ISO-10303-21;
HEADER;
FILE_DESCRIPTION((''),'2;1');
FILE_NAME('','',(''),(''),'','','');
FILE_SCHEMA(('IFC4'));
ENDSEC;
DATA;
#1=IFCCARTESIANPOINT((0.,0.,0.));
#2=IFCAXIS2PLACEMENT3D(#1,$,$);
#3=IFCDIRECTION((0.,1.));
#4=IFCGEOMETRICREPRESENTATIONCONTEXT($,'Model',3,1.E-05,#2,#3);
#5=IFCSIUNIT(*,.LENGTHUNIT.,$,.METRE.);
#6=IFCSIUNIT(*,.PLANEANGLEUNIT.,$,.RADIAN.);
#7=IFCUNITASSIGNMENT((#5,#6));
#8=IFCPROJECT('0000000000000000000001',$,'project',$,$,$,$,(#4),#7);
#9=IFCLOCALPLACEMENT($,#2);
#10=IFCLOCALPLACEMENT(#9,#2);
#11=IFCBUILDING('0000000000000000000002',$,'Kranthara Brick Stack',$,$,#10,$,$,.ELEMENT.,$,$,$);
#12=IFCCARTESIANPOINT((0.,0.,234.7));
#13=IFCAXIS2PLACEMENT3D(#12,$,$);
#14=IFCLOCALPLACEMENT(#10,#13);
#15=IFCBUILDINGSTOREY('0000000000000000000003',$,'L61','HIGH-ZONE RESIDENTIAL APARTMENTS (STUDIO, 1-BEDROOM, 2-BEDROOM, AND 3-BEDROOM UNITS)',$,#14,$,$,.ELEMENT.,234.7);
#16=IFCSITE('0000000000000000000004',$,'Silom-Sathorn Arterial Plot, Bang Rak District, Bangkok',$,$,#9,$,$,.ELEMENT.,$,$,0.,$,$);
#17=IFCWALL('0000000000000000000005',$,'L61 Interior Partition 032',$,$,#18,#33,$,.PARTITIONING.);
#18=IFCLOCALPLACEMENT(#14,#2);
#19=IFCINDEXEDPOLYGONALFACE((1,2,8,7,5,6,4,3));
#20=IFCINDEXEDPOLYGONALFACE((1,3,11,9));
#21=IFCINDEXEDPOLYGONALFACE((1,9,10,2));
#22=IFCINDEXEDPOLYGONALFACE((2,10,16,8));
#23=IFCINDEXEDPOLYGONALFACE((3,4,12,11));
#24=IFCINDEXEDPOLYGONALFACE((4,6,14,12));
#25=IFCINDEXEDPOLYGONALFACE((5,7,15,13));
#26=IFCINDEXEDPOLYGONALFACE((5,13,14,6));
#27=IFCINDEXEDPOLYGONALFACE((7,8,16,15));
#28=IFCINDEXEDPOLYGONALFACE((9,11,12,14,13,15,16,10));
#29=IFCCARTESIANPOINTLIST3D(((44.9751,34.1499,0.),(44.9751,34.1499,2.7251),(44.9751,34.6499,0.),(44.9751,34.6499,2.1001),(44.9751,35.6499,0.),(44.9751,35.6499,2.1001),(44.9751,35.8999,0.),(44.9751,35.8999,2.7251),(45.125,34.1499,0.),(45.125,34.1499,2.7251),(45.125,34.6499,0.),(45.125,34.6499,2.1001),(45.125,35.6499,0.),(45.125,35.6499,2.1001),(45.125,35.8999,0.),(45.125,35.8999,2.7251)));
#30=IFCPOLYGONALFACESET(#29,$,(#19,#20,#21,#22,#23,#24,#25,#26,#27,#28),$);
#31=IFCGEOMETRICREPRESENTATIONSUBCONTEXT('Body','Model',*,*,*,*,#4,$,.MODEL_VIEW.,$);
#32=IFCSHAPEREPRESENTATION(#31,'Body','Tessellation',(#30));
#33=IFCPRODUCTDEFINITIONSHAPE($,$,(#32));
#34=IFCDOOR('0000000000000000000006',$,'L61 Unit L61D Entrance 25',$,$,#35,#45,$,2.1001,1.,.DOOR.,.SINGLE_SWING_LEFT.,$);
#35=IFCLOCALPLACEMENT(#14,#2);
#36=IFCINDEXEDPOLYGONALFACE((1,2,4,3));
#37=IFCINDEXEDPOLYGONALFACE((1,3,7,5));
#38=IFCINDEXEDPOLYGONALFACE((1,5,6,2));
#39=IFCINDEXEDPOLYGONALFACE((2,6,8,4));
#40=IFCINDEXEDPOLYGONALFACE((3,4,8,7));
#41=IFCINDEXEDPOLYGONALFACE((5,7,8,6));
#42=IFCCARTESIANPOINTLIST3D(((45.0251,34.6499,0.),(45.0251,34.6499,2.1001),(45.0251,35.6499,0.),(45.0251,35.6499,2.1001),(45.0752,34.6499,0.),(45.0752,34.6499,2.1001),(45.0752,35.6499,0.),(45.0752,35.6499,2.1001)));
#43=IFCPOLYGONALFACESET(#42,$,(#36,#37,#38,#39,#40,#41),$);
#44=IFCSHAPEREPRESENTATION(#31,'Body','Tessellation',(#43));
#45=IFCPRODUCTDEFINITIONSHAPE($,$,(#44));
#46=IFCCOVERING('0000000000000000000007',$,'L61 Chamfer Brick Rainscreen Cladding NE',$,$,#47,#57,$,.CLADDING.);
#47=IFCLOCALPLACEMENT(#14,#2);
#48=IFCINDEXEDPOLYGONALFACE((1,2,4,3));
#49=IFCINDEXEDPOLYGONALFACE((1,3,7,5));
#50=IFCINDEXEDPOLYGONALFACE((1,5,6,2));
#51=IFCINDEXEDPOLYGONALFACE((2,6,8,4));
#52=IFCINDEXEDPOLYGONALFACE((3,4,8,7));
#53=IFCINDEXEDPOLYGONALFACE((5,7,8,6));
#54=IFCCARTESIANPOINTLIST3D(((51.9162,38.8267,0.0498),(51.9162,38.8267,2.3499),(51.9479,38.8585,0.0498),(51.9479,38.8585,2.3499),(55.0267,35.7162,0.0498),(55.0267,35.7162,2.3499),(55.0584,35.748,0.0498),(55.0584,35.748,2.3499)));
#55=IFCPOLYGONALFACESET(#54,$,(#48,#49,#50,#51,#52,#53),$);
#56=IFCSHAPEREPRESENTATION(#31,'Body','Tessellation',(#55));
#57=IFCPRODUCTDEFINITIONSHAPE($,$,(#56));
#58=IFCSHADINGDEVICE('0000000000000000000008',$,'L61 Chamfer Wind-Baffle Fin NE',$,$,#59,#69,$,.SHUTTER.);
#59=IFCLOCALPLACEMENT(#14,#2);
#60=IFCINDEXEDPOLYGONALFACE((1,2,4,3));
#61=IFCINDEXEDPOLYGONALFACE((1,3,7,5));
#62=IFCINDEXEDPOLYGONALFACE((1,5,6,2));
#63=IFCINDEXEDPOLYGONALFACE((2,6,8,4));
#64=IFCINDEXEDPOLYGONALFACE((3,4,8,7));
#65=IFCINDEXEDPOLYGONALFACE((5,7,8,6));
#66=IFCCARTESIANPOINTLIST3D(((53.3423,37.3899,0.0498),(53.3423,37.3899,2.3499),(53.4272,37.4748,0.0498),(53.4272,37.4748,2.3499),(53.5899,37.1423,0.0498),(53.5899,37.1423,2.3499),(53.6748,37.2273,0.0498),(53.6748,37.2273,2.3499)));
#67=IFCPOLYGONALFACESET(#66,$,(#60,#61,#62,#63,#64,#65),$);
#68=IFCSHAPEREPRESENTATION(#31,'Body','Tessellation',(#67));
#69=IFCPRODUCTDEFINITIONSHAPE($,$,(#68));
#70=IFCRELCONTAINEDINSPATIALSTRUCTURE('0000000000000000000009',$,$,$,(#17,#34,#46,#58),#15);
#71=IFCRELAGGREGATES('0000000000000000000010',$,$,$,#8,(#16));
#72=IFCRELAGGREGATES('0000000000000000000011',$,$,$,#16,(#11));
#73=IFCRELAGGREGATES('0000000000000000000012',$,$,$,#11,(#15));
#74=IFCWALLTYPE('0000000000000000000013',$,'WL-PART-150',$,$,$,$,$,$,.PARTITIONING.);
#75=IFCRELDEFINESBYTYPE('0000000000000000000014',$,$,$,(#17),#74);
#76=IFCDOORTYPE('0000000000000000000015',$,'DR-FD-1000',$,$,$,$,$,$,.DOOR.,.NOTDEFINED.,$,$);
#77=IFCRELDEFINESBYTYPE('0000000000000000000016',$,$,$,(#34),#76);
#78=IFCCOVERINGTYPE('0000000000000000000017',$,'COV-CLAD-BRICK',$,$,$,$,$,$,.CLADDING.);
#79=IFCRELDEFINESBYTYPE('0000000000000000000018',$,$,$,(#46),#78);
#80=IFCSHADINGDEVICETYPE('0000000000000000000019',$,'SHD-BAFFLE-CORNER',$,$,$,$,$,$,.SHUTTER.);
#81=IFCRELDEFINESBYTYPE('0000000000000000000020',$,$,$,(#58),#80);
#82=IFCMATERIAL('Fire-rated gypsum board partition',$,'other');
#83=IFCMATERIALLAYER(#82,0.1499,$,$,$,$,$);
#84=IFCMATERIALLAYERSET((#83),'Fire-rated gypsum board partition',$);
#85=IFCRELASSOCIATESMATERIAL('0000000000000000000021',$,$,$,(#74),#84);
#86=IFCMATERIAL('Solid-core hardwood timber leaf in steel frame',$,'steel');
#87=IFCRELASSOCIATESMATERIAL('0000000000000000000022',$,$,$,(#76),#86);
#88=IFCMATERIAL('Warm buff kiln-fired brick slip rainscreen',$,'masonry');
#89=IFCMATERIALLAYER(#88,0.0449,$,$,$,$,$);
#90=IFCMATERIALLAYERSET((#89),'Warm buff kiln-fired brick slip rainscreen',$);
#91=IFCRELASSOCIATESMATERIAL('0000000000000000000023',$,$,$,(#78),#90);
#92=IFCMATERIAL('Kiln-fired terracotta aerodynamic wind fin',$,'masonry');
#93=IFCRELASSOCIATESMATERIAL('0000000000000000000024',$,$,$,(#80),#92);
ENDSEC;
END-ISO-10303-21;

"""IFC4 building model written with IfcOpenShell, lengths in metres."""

from ifc_helpers import new_model, si_unit, direction, frame, frame_2d, origin, origin_2d, place, context, subcontext, project, spatial, rectangle, extrude, material, layer, layer_set, type_object, element, fill, save


model = new_model("IFC4")

# Units and contexts
model_context = context("Model", 3, precision=1e-05, world=origin(), true_north=direction((0.0, 1.0)))
body_context = subcontext(model_context, "Body", "Model", "MODEL_VIEW")
ifc_project = project(units=[si_unit("LENGTHUNIT", "METRE"), si_unit("PLANEANGLEUNIT", "RADIAN")], contexts=[model_context])

# Site, building, storey
site_placement = place(None, origin())
site = spatial("IfcSite", under=ifc_project, at=site_placement, Name="Silom-Sathorn Arterial Plot, Bang Rak District, Bangkok", CompositionType="ELEMENT", RefElevation=0.0)
building_placement = place(site_placement, origin())
building = spatial("IfcBuilding", under=site, at=building_placement, Name="Kranthara Brick Stack", CompositionType="ELEMENT")
storey_placement = place(building_placement, frame((0.0, 0.0, 234.7)))
storey = spatial("IfcBuildingStorey", under=building, at=storey_placement, Name="L61", Description="HIGH-ZONE RESIDENTIAL APARTMENTS (STUDIO, 1-BEDROOM, 2-BEDROOM, AND 3-BEDROOM UNITS)", CompositionType="ELEMENT", Elevation=234.7)

# Wall, opening, door
ifc_material_1 = material(Name="Fire-rated gypsum board partition", Category="other")
ifc_layer_1 = layer(ifc_material_1, 0.1499)
ifc_layer_set_1 = layer_set([ifc_layer_1], Name="Fire-rated gypsum board partition")
wall_type_1 = type_object("IfcWallType", Name="WL-PART-150", PredefinedType="PARTITIONING", material=ifc_layer_set_1)
wall_1_placement = place(storey_placement, frame((45.05, 34.1499, 0.0), z_axis=(0.0, 0.0, 1.0), x_axis=(0.0, 1.0, 0.0)))
wall_1 = element("IfcWall", 1, at=wall_1_placement, inside=storey, type_object=wall_type_1, Name="L61 Interior Partition 032", PredefinedType="PARTITIONING", context=body_context, shape_type="SweptSolid", body=[
    extrude(rectangle(XDim=1.75, YDim=0.1499, at=frame_2d((0.875, 0.0))), origin(), (0.0, 0.0, 1.0), 2.7251),
])
opening_1_placement = place(wall_1_placement, frame((0.5, 0.0, 0.0)))
opening_1 = element("IfcOpeningElement", 2, at=opening_1_placement, cuts=wall_1, PredefinedType="OPENING", context=body_context, shape_type="SweptSolid", body=[
    extrude(rectangle(XDim=1.0, YDim=2.1001, at=frame_2d((0.5, 1.05))), frame((0.0, 0.085, 0.0), z_axis=(0.0, -1.0, 0.0), x_axis=(1.0, 0.0, 0.0)), (0.0, 0.0, 1.0), 0.1699),
])
ifc_material_2 = material(Name="Solid-core hardwood timber leaf in steel frame", Category="steel")
door_type = type_object("IfcDoorType", Name="DR-FD-1000", OperationType="NOTDEFINED", PredefinedType="DOOR", material=ifc_material_2)
door_placement = place(opening_1_placement, origin())
door = element("IfcDoor", 3, at=door_placement, inside=storey, type_object=door_type, Name="L61 Unit L61D Entrance 25", OperationType="SINGLE_SWING_LEFT", OverallHeight=2.1001, OverallWidth=1.0, PredefinedType="DOOR", context=body_context, shape_type="SweptSolid", body=[
    extrude(rectangle(XDim=1.0, YDim=2.1001, at=frame_2d((0.5, 1.05))), frame((0.0, 0.0249, 0.0), z_axis=(0.0, -1.0, 0.0), x_axis=(1.0, 0.0, 0.0)), (0.0, 0.0, 1.0), 0.05),
])
fill(opening_1, door)

# Covering
ifc_material_3 = material(Name="Warm buff kiln-fired brick slip rainscreen", Category="masonry")
ifc_layer_2 = layer(ifc_material_3, 0.0449)
ifc_layer_set_2 = layer_set([ifc_layer_2], Name="Warm buff kiln-fired brick slip rainscreen")
covering_type = type_object("IfcCoveringType", Name="COV-CLAD-BRICK", PredefinedType="CLADDING", material=ifc_layer_set_2)
covering_placement = place(storey_placement, frame((53.4873, 37.2874, 0.0498), z_axis=(0.0, 0.0, 1.0), x_axis=(0.707107, -0.707107, 0.0)))
element("IfcCovering", 4, at=covering_placement, inside=storey, type_object=covering_type, Name="L61 Chamfer Brick Rainscreen Cladding NE", PredefinedType="CLADDING", context=body_context, shape_type="SweptSolid", body=[
    extrude(rectangle(XDim=4.3989, YDim=0.0449, at=origin_2d()), origin(), (0.0, 0.0, 1.0), 2.3),
])

# Shading device
ifc_material_4 = material(Name="Kiln-fired terracotta aerodynamic wind fin", Category="masonry")
shading_device_type = type_object("IfcShadingDeviceType", Name="SHD-BAFFLE-CORNER", PredefinedType="SHUTTER", material=ifc_material_4)
shading_device_placement = place(storey_placement, frame((53.5085, 37.3086, 0.0498), z_axis=(0.0, 0.0, 1.0), x_axis=(0.707107, -0.707107, 0.0)))
element("IfcShadingDevice", 5, at=shading_device_placement, inside=storey, type_object=shading_device_type, Name="L61 Chamfer Wind-Baffle Fin NE", PredefinedType="SHUTTER", context=body_context, shape_type="SweptSolid", body=[
    extrude(rectangle(XDim=0.3501, YDim=0.1201, at=origin_2d()), origin(), (0.0, 0.0, 1.0), 2.3),
])

save(model, "model.ifc")
